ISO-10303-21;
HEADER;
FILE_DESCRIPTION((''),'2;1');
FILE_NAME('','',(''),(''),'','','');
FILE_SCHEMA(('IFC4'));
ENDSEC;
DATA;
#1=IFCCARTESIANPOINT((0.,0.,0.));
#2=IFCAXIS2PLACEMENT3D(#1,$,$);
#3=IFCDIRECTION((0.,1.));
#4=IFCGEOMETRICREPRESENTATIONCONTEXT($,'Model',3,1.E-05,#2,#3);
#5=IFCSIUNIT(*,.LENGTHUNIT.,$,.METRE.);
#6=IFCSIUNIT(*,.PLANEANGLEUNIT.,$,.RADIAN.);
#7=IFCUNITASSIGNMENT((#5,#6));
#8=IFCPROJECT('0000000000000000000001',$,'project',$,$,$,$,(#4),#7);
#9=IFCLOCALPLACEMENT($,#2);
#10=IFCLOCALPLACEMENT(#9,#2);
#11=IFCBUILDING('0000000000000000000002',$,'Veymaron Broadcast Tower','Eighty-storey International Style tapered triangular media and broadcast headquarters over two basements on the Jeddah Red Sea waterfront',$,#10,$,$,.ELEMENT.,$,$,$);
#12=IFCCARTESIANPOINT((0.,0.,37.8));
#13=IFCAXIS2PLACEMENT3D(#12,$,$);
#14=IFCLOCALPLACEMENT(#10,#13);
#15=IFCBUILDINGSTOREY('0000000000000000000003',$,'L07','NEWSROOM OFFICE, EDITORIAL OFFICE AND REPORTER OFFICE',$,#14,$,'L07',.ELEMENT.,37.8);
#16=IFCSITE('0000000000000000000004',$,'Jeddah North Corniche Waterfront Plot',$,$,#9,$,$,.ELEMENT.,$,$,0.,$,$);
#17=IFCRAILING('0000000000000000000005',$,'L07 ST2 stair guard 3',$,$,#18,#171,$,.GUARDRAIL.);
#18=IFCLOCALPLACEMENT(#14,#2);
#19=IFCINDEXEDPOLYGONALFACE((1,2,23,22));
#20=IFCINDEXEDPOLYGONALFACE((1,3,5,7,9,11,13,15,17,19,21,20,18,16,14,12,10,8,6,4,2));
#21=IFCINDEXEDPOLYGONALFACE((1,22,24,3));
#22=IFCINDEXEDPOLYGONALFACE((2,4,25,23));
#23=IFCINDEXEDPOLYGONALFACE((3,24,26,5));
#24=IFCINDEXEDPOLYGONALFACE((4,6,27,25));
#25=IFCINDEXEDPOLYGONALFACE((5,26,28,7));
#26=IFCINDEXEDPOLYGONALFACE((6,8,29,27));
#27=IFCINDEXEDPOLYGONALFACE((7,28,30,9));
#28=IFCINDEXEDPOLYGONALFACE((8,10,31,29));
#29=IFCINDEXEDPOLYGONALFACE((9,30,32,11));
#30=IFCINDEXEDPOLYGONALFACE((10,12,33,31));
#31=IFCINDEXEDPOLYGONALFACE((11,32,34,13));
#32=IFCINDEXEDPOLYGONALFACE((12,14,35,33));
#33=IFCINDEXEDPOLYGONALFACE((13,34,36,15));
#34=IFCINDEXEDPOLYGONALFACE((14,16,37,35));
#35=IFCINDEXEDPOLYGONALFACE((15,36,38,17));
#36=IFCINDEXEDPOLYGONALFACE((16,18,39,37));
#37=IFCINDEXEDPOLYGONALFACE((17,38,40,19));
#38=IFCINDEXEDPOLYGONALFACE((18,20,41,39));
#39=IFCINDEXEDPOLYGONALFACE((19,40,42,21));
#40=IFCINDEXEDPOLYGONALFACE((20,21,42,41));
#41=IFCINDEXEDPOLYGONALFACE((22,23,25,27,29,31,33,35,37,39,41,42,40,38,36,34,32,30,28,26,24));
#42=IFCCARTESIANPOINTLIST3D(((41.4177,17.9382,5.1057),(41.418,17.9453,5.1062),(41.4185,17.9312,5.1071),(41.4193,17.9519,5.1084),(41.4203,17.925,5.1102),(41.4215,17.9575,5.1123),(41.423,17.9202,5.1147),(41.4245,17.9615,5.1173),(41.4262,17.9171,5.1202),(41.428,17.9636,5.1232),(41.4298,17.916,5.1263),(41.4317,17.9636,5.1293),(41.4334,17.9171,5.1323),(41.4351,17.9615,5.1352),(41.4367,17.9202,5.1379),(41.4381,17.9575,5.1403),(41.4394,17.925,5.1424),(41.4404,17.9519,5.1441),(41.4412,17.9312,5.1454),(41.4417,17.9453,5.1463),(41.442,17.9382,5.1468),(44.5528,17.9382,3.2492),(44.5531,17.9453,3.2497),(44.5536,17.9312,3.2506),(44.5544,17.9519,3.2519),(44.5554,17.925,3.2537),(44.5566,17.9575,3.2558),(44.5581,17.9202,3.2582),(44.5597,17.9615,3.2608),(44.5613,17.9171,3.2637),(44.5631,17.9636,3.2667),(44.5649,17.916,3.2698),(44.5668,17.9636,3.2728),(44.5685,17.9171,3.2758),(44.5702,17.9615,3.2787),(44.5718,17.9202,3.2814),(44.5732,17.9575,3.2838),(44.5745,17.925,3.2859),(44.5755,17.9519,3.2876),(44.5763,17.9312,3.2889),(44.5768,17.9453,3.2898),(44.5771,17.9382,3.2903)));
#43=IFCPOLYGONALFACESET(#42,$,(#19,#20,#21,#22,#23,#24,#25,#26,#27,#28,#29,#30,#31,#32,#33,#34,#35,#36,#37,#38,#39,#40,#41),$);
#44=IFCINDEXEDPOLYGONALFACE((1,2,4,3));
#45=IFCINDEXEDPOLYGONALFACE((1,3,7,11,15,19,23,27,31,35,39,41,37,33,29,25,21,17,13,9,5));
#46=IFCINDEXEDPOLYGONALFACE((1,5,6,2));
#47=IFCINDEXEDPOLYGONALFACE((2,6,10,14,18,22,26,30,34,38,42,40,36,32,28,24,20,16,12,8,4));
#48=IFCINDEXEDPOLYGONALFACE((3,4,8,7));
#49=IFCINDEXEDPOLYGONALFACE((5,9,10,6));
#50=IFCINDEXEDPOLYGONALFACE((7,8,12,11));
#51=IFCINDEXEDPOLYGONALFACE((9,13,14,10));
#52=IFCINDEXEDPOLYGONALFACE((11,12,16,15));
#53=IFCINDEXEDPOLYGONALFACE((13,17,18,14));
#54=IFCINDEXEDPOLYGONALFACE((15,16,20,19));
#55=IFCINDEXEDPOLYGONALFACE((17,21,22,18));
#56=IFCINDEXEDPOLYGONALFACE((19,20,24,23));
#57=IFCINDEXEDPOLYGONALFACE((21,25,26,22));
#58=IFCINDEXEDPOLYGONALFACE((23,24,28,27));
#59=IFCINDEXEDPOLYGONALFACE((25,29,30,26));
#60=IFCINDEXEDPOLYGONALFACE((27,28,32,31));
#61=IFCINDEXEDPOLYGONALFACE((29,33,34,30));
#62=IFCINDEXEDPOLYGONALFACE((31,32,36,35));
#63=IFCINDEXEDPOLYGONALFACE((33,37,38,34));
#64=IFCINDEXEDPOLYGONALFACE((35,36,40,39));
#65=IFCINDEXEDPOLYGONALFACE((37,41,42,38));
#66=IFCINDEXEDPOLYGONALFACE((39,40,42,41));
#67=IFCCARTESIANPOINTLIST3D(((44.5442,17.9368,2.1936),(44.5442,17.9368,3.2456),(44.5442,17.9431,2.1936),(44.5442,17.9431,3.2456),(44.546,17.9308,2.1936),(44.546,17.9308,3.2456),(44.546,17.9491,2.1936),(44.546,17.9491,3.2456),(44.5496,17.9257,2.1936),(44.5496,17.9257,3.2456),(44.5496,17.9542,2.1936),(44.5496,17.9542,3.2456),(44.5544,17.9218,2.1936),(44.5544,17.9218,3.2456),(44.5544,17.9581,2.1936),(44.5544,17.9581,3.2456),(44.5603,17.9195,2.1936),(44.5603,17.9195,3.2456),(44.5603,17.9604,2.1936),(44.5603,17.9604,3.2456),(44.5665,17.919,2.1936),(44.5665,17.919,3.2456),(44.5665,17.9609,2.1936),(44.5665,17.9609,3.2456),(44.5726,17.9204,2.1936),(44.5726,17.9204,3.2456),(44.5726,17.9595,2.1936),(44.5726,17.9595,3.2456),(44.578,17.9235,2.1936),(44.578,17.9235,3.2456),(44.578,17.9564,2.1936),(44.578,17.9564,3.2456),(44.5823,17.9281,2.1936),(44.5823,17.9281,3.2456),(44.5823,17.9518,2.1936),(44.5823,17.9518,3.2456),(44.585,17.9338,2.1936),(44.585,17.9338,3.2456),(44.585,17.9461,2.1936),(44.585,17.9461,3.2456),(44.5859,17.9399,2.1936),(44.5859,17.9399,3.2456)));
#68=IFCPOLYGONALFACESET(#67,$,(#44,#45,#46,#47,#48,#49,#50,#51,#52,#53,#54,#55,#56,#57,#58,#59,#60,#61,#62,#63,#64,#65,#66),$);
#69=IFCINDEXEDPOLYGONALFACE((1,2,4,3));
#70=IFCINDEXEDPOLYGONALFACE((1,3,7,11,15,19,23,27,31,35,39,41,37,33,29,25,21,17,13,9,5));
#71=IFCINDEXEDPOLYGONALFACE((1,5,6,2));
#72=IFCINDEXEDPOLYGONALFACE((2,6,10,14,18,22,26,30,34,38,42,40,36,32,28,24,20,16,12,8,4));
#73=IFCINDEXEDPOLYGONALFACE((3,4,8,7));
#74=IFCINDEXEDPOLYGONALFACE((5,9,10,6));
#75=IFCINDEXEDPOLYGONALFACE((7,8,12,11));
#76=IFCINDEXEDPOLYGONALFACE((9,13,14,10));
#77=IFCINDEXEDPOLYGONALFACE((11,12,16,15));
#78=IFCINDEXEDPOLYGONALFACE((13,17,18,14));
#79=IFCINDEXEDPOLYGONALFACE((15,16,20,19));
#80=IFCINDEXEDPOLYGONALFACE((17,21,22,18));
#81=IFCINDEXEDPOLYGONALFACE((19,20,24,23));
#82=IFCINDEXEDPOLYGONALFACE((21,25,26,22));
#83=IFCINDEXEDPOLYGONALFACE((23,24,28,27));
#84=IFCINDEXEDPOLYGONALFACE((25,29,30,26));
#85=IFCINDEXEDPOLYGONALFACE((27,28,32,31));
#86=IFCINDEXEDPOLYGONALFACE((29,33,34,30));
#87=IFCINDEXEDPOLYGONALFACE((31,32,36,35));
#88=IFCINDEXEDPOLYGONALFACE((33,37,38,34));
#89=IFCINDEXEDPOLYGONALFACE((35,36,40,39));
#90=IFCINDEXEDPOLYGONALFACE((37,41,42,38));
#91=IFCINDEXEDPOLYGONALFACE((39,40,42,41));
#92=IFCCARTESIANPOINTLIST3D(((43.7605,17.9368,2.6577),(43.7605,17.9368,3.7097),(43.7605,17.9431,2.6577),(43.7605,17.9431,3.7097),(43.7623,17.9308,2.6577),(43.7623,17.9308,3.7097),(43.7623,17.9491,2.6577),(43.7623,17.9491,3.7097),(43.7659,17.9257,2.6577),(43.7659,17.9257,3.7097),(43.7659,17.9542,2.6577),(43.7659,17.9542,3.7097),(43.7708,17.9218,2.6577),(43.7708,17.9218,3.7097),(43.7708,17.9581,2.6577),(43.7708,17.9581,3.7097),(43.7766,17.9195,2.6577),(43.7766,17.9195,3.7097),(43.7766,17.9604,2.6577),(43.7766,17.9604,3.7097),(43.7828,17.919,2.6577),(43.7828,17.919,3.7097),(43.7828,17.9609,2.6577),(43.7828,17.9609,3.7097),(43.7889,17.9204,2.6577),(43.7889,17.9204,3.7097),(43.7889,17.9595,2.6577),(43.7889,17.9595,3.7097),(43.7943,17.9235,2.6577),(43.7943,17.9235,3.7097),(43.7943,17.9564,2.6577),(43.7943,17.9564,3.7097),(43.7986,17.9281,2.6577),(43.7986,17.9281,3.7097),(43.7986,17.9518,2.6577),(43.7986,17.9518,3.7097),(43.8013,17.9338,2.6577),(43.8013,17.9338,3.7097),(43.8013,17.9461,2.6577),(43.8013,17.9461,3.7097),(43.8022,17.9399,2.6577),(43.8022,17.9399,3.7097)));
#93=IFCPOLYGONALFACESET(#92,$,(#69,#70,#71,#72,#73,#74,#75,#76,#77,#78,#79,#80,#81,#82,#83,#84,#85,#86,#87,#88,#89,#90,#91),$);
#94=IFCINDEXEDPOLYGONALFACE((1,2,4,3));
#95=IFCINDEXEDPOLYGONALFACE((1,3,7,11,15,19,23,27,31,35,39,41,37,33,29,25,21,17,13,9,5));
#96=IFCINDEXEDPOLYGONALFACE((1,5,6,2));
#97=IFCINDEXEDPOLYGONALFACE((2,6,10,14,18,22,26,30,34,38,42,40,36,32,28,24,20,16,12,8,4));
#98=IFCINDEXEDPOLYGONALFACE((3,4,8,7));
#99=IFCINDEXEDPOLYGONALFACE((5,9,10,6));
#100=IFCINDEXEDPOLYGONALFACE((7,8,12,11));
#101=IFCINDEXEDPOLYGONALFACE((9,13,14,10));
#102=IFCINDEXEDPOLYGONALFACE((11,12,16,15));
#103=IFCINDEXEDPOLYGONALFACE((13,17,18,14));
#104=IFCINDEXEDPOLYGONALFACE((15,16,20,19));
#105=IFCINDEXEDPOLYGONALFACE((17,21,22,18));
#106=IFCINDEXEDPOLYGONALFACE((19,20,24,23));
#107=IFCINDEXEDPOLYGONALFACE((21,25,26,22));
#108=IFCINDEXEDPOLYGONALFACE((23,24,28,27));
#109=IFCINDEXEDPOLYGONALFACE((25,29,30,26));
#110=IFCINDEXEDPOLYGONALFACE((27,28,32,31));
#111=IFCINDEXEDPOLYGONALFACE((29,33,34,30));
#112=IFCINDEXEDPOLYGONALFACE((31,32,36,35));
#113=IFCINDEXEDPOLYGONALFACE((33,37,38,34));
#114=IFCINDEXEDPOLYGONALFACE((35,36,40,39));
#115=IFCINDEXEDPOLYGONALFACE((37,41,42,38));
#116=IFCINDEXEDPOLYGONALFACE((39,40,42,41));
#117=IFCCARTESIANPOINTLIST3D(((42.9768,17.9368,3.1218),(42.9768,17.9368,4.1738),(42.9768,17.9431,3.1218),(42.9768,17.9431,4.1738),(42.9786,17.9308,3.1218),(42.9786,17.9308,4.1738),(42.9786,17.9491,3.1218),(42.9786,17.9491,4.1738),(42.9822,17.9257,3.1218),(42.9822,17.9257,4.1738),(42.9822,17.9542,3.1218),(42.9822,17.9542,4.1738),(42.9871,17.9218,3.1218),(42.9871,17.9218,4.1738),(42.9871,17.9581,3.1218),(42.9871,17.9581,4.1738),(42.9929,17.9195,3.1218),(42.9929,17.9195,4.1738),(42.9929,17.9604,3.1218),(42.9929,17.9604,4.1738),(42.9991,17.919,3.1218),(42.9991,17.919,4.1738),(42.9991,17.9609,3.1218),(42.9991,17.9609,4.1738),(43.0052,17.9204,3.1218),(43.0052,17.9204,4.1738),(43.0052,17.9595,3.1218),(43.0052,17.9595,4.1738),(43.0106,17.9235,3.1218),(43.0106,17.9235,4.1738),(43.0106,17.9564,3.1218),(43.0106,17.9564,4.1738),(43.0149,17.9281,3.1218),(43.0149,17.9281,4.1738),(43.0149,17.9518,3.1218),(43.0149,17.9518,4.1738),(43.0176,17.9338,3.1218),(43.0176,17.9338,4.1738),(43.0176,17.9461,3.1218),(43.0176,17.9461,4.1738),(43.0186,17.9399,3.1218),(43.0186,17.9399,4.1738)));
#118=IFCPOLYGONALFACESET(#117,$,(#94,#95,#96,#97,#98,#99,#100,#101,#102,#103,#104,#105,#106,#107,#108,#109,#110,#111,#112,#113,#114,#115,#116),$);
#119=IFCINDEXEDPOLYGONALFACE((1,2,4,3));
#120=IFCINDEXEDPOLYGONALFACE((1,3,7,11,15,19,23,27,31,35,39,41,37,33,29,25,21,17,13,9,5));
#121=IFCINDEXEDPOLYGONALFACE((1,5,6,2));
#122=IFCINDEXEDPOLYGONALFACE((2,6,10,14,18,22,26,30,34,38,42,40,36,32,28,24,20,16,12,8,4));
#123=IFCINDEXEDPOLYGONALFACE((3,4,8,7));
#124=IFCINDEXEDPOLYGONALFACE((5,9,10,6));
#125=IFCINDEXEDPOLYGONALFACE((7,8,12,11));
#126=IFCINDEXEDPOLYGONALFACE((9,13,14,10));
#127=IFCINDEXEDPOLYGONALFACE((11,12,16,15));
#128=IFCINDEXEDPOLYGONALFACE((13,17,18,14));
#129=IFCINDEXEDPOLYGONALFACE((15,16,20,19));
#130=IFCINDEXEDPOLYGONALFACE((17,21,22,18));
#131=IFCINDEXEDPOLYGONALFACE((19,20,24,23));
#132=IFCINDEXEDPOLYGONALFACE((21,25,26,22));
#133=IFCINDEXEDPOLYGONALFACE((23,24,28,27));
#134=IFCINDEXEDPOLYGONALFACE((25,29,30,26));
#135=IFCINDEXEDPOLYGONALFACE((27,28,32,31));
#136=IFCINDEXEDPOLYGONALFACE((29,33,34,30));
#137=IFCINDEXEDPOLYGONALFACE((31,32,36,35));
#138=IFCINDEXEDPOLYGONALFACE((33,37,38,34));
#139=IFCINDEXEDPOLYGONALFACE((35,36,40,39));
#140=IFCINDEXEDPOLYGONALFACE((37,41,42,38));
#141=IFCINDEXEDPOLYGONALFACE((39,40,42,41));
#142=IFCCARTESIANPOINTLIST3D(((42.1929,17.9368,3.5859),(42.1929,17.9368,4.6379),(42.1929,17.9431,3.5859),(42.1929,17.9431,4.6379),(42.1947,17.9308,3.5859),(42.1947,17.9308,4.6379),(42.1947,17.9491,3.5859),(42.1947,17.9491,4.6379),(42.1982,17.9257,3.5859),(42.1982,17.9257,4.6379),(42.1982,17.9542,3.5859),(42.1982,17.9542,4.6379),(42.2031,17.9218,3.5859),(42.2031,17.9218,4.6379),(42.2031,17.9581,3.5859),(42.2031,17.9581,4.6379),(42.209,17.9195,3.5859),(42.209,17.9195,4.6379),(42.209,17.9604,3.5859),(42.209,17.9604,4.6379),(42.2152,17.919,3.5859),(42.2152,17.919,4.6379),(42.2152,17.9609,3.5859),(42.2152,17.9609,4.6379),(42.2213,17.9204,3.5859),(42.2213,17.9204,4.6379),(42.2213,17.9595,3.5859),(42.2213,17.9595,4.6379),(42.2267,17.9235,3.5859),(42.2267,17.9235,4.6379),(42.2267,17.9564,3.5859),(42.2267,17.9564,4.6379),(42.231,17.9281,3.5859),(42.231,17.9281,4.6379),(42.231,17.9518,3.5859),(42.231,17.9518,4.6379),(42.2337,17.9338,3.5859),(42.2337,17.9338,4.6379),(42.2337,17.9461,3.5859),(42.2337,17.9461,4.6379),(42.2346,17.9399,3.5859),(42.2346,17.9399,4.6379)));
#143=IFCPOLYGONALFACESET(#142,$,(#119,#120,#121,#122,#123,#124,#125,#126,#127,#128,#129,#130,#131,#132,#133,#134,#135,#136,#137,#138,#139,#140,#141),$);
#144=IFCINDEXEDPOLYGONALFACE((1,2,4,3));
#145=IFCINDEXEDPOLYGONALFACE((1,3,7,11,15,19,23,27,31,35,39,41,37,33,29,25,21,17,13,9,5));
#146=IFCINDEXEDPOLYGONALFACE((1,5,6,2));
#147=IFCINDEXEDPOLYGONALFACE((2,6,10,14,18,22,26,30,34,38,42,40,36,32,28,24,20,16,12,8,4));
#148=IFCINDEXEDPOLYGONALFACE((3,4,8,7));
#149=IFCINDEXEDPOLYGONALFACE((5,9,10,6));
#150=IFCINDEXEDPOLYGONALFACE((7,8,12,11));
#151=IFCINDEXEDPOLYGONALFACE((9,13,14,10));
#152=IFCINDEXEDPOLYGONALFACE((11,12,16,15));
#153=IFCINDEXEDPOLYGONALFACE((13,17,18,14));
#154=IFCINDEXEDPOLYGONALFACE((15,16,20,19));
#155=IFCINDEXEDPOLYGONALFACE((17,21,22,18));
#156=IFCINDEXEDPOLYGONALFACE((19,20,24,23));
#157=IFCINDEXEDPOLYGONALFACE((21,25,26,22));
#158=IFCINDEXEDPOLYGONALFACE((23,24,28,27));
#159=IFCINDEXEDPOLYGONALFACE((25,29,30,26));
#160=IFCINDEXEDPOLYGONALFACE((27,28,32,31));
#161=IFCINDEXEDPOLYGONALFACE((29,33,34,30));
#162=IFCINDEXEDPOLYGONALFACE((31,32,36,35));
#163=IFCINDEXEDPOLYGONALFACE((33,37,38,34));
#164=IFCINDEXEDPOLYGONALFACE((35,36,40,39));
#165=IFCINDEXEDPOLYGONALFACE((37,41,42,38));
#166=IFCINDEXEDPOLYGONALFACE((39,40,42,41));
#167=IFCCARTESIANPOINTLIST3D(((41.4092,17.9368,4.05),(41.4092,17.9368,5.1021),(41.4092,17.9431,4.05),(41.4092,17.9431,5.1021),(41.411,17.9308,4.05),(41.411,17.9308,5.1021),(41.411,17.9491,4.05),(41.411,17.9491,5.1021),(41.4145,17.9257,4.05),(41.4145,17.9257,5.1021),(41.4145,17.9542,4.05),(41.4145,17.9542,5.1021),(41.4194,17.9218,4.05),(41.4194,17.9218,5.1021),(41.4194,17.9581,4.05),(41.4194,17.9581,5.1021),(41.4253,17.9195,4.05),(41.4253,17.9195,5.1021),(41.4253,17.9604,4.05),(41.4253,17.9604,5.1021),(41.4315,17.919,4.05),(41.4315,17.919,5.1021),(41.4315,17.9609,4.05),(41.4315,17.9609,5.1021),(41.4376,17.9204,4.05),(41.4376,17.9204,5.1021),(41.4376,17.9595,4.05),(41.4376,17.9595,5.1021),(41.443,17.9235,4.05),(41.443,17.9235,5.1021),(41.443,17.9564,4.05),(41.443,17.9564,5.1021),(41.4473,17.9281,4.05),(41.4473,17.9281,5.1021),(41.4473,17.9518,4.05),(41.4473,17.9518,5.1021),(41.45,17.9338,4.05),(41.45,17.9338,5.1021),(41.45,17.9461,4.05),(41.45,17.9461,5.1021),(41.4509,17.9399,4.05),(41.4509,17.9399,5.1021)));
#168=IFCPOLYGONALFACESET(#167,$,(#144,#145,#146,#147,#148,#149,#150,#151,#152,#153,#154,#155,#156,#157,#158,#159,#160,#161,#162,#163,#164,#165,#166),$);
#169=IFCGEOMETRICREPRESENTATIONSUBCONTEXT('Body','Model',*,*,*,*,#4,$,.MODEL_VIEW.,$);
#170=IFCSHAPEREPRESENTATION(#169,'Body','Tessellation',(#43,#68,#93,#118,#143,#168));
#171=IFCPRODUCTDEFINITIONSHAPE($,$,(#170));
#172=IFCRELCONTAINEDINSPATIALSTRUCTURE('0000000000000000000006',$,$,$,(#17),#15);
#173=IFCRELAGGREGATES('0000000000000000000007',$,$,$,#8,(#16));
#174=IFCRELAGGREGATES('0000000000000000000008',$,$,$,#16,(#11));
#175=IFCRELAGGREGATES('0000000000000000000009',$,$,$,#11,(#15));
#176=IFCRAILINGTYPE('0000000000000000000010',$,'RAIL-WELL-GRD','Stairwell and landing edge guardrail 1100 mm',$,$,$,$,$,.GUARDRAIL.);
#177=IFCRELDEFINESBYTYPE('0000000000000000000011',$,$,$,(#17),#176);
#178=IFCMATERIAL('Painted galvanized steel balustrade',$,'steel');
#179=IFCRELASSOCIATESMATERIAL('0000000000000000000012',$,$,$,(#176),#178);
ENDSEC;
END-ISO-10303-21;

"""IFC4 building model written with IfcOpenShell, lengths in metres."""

from ifc_helpers import new_model, si_unit, direction, frame, origin, origin_2d, place, context, subcontext, project, spatial, circle, extrude, material, type_object, element, save


model = new_model("IFC4")

# Units and contexts
model_context = context("Model", 3, precision=1e-05, world=origin(), true_north=direction((0.0, 1.0)))
body_context = subcontext(model_context, "Body", "Model", "MODEL_VIEW")
ifc_project = project(units=[si_unit("LENGTHUNIT", "METRE"), si_unit("PLANEANGLEUNIT", "RADIAN")], contexts=[model_context])

# Site, building, storey
site_placement = place(None, origin())
site = spatial("IfcSite", under=ifc_project, at=site_placement, Name="Jeddah North Corniche Waterfront Plot", CompositionType="ELEMENT", RefElevation=0.0)
building_placement = place(site_placement, origin())
building = spatial("IfcBuilding", under=site, at=building_placement, Name="Veymaron Broadcast Tower", Description="Eighty-storey International Style tapered triangular media and broadcast headquarters over two basements on the Jeddah Red Sea waterfront", CompositionType="ELEMENT")
storey_placement = place(building_placement, frame((0.0, 0.0, 37.8)))
storey = spatial("IfcBuildingStorey", under=building, at=storey_placement, Name="L07", Description="NEWSROOM OFFICE, EDITORIAL OFFICE AND REPORTER OFFICE", LongName="L07", CompositionType="ELEMENT", Elevation=37.8)

# Railing
ifc_material_1 = material(Name="Painted galvanized steel balustrade", Category="steel")
railing_type_1 = type_object("IfcRailingType", Name="RAIL-WELL-GRD", Description="Stairwell and landing edge guardrail 1100 mm", PredefinedType="GUARDRAIL", material=ifc_material_1)
railing_1_placement = place(storey_placement, frame((44.5649, 17.9399, 2.1936)))
element("IfcRailing", 1, at=railing_1_placement, inside=storey, type_object=railing_type_1, Name="L07 ST2 stair guard 3", PredefinedType="GUARDRAIL", context=body_context, shape_type="SweptSolid", body=[
    extrude(circle(Radius=0.0239, at=origin_2d()), frame((0.0, 0.0, 1.0762), z_axis=(-0.860453, 0.0, 0.509531), x_axis=(0.0, -1.0, 0.0)), (0.0, 0.0, 1.0), 3.6436),
    extrude(circle(Radius=0.021, at=origin_2d()), origin(), (0.0, 0.0, 1.0), 1.052),
    extrude(circle(Radius=0.021, at=origin_2d()), frame((-0.7837, 0.0, 0.4641)), (0.0, 0.0, 1.0), 1.052),
    extrude(circle(Radius=0.021, at=origin_2d()), frame((-1.5674, 0.0, 0.9282)), (0.0, 0.0, 1.0), 1.052),
    extrude(circle(Radius=0.021, at=origin_2d()), frame((-2.3513, 0.0, 1.3923)), (0.0, 0.0, 1.0), 1.052),
    extrude(circle(Radius=0.021, at=origin_2d()), frame((-3.135, 0.0, 1.8564)), (0.0, 0.0, 1.0), 1.052),
])

save(model, "model.ifc")
